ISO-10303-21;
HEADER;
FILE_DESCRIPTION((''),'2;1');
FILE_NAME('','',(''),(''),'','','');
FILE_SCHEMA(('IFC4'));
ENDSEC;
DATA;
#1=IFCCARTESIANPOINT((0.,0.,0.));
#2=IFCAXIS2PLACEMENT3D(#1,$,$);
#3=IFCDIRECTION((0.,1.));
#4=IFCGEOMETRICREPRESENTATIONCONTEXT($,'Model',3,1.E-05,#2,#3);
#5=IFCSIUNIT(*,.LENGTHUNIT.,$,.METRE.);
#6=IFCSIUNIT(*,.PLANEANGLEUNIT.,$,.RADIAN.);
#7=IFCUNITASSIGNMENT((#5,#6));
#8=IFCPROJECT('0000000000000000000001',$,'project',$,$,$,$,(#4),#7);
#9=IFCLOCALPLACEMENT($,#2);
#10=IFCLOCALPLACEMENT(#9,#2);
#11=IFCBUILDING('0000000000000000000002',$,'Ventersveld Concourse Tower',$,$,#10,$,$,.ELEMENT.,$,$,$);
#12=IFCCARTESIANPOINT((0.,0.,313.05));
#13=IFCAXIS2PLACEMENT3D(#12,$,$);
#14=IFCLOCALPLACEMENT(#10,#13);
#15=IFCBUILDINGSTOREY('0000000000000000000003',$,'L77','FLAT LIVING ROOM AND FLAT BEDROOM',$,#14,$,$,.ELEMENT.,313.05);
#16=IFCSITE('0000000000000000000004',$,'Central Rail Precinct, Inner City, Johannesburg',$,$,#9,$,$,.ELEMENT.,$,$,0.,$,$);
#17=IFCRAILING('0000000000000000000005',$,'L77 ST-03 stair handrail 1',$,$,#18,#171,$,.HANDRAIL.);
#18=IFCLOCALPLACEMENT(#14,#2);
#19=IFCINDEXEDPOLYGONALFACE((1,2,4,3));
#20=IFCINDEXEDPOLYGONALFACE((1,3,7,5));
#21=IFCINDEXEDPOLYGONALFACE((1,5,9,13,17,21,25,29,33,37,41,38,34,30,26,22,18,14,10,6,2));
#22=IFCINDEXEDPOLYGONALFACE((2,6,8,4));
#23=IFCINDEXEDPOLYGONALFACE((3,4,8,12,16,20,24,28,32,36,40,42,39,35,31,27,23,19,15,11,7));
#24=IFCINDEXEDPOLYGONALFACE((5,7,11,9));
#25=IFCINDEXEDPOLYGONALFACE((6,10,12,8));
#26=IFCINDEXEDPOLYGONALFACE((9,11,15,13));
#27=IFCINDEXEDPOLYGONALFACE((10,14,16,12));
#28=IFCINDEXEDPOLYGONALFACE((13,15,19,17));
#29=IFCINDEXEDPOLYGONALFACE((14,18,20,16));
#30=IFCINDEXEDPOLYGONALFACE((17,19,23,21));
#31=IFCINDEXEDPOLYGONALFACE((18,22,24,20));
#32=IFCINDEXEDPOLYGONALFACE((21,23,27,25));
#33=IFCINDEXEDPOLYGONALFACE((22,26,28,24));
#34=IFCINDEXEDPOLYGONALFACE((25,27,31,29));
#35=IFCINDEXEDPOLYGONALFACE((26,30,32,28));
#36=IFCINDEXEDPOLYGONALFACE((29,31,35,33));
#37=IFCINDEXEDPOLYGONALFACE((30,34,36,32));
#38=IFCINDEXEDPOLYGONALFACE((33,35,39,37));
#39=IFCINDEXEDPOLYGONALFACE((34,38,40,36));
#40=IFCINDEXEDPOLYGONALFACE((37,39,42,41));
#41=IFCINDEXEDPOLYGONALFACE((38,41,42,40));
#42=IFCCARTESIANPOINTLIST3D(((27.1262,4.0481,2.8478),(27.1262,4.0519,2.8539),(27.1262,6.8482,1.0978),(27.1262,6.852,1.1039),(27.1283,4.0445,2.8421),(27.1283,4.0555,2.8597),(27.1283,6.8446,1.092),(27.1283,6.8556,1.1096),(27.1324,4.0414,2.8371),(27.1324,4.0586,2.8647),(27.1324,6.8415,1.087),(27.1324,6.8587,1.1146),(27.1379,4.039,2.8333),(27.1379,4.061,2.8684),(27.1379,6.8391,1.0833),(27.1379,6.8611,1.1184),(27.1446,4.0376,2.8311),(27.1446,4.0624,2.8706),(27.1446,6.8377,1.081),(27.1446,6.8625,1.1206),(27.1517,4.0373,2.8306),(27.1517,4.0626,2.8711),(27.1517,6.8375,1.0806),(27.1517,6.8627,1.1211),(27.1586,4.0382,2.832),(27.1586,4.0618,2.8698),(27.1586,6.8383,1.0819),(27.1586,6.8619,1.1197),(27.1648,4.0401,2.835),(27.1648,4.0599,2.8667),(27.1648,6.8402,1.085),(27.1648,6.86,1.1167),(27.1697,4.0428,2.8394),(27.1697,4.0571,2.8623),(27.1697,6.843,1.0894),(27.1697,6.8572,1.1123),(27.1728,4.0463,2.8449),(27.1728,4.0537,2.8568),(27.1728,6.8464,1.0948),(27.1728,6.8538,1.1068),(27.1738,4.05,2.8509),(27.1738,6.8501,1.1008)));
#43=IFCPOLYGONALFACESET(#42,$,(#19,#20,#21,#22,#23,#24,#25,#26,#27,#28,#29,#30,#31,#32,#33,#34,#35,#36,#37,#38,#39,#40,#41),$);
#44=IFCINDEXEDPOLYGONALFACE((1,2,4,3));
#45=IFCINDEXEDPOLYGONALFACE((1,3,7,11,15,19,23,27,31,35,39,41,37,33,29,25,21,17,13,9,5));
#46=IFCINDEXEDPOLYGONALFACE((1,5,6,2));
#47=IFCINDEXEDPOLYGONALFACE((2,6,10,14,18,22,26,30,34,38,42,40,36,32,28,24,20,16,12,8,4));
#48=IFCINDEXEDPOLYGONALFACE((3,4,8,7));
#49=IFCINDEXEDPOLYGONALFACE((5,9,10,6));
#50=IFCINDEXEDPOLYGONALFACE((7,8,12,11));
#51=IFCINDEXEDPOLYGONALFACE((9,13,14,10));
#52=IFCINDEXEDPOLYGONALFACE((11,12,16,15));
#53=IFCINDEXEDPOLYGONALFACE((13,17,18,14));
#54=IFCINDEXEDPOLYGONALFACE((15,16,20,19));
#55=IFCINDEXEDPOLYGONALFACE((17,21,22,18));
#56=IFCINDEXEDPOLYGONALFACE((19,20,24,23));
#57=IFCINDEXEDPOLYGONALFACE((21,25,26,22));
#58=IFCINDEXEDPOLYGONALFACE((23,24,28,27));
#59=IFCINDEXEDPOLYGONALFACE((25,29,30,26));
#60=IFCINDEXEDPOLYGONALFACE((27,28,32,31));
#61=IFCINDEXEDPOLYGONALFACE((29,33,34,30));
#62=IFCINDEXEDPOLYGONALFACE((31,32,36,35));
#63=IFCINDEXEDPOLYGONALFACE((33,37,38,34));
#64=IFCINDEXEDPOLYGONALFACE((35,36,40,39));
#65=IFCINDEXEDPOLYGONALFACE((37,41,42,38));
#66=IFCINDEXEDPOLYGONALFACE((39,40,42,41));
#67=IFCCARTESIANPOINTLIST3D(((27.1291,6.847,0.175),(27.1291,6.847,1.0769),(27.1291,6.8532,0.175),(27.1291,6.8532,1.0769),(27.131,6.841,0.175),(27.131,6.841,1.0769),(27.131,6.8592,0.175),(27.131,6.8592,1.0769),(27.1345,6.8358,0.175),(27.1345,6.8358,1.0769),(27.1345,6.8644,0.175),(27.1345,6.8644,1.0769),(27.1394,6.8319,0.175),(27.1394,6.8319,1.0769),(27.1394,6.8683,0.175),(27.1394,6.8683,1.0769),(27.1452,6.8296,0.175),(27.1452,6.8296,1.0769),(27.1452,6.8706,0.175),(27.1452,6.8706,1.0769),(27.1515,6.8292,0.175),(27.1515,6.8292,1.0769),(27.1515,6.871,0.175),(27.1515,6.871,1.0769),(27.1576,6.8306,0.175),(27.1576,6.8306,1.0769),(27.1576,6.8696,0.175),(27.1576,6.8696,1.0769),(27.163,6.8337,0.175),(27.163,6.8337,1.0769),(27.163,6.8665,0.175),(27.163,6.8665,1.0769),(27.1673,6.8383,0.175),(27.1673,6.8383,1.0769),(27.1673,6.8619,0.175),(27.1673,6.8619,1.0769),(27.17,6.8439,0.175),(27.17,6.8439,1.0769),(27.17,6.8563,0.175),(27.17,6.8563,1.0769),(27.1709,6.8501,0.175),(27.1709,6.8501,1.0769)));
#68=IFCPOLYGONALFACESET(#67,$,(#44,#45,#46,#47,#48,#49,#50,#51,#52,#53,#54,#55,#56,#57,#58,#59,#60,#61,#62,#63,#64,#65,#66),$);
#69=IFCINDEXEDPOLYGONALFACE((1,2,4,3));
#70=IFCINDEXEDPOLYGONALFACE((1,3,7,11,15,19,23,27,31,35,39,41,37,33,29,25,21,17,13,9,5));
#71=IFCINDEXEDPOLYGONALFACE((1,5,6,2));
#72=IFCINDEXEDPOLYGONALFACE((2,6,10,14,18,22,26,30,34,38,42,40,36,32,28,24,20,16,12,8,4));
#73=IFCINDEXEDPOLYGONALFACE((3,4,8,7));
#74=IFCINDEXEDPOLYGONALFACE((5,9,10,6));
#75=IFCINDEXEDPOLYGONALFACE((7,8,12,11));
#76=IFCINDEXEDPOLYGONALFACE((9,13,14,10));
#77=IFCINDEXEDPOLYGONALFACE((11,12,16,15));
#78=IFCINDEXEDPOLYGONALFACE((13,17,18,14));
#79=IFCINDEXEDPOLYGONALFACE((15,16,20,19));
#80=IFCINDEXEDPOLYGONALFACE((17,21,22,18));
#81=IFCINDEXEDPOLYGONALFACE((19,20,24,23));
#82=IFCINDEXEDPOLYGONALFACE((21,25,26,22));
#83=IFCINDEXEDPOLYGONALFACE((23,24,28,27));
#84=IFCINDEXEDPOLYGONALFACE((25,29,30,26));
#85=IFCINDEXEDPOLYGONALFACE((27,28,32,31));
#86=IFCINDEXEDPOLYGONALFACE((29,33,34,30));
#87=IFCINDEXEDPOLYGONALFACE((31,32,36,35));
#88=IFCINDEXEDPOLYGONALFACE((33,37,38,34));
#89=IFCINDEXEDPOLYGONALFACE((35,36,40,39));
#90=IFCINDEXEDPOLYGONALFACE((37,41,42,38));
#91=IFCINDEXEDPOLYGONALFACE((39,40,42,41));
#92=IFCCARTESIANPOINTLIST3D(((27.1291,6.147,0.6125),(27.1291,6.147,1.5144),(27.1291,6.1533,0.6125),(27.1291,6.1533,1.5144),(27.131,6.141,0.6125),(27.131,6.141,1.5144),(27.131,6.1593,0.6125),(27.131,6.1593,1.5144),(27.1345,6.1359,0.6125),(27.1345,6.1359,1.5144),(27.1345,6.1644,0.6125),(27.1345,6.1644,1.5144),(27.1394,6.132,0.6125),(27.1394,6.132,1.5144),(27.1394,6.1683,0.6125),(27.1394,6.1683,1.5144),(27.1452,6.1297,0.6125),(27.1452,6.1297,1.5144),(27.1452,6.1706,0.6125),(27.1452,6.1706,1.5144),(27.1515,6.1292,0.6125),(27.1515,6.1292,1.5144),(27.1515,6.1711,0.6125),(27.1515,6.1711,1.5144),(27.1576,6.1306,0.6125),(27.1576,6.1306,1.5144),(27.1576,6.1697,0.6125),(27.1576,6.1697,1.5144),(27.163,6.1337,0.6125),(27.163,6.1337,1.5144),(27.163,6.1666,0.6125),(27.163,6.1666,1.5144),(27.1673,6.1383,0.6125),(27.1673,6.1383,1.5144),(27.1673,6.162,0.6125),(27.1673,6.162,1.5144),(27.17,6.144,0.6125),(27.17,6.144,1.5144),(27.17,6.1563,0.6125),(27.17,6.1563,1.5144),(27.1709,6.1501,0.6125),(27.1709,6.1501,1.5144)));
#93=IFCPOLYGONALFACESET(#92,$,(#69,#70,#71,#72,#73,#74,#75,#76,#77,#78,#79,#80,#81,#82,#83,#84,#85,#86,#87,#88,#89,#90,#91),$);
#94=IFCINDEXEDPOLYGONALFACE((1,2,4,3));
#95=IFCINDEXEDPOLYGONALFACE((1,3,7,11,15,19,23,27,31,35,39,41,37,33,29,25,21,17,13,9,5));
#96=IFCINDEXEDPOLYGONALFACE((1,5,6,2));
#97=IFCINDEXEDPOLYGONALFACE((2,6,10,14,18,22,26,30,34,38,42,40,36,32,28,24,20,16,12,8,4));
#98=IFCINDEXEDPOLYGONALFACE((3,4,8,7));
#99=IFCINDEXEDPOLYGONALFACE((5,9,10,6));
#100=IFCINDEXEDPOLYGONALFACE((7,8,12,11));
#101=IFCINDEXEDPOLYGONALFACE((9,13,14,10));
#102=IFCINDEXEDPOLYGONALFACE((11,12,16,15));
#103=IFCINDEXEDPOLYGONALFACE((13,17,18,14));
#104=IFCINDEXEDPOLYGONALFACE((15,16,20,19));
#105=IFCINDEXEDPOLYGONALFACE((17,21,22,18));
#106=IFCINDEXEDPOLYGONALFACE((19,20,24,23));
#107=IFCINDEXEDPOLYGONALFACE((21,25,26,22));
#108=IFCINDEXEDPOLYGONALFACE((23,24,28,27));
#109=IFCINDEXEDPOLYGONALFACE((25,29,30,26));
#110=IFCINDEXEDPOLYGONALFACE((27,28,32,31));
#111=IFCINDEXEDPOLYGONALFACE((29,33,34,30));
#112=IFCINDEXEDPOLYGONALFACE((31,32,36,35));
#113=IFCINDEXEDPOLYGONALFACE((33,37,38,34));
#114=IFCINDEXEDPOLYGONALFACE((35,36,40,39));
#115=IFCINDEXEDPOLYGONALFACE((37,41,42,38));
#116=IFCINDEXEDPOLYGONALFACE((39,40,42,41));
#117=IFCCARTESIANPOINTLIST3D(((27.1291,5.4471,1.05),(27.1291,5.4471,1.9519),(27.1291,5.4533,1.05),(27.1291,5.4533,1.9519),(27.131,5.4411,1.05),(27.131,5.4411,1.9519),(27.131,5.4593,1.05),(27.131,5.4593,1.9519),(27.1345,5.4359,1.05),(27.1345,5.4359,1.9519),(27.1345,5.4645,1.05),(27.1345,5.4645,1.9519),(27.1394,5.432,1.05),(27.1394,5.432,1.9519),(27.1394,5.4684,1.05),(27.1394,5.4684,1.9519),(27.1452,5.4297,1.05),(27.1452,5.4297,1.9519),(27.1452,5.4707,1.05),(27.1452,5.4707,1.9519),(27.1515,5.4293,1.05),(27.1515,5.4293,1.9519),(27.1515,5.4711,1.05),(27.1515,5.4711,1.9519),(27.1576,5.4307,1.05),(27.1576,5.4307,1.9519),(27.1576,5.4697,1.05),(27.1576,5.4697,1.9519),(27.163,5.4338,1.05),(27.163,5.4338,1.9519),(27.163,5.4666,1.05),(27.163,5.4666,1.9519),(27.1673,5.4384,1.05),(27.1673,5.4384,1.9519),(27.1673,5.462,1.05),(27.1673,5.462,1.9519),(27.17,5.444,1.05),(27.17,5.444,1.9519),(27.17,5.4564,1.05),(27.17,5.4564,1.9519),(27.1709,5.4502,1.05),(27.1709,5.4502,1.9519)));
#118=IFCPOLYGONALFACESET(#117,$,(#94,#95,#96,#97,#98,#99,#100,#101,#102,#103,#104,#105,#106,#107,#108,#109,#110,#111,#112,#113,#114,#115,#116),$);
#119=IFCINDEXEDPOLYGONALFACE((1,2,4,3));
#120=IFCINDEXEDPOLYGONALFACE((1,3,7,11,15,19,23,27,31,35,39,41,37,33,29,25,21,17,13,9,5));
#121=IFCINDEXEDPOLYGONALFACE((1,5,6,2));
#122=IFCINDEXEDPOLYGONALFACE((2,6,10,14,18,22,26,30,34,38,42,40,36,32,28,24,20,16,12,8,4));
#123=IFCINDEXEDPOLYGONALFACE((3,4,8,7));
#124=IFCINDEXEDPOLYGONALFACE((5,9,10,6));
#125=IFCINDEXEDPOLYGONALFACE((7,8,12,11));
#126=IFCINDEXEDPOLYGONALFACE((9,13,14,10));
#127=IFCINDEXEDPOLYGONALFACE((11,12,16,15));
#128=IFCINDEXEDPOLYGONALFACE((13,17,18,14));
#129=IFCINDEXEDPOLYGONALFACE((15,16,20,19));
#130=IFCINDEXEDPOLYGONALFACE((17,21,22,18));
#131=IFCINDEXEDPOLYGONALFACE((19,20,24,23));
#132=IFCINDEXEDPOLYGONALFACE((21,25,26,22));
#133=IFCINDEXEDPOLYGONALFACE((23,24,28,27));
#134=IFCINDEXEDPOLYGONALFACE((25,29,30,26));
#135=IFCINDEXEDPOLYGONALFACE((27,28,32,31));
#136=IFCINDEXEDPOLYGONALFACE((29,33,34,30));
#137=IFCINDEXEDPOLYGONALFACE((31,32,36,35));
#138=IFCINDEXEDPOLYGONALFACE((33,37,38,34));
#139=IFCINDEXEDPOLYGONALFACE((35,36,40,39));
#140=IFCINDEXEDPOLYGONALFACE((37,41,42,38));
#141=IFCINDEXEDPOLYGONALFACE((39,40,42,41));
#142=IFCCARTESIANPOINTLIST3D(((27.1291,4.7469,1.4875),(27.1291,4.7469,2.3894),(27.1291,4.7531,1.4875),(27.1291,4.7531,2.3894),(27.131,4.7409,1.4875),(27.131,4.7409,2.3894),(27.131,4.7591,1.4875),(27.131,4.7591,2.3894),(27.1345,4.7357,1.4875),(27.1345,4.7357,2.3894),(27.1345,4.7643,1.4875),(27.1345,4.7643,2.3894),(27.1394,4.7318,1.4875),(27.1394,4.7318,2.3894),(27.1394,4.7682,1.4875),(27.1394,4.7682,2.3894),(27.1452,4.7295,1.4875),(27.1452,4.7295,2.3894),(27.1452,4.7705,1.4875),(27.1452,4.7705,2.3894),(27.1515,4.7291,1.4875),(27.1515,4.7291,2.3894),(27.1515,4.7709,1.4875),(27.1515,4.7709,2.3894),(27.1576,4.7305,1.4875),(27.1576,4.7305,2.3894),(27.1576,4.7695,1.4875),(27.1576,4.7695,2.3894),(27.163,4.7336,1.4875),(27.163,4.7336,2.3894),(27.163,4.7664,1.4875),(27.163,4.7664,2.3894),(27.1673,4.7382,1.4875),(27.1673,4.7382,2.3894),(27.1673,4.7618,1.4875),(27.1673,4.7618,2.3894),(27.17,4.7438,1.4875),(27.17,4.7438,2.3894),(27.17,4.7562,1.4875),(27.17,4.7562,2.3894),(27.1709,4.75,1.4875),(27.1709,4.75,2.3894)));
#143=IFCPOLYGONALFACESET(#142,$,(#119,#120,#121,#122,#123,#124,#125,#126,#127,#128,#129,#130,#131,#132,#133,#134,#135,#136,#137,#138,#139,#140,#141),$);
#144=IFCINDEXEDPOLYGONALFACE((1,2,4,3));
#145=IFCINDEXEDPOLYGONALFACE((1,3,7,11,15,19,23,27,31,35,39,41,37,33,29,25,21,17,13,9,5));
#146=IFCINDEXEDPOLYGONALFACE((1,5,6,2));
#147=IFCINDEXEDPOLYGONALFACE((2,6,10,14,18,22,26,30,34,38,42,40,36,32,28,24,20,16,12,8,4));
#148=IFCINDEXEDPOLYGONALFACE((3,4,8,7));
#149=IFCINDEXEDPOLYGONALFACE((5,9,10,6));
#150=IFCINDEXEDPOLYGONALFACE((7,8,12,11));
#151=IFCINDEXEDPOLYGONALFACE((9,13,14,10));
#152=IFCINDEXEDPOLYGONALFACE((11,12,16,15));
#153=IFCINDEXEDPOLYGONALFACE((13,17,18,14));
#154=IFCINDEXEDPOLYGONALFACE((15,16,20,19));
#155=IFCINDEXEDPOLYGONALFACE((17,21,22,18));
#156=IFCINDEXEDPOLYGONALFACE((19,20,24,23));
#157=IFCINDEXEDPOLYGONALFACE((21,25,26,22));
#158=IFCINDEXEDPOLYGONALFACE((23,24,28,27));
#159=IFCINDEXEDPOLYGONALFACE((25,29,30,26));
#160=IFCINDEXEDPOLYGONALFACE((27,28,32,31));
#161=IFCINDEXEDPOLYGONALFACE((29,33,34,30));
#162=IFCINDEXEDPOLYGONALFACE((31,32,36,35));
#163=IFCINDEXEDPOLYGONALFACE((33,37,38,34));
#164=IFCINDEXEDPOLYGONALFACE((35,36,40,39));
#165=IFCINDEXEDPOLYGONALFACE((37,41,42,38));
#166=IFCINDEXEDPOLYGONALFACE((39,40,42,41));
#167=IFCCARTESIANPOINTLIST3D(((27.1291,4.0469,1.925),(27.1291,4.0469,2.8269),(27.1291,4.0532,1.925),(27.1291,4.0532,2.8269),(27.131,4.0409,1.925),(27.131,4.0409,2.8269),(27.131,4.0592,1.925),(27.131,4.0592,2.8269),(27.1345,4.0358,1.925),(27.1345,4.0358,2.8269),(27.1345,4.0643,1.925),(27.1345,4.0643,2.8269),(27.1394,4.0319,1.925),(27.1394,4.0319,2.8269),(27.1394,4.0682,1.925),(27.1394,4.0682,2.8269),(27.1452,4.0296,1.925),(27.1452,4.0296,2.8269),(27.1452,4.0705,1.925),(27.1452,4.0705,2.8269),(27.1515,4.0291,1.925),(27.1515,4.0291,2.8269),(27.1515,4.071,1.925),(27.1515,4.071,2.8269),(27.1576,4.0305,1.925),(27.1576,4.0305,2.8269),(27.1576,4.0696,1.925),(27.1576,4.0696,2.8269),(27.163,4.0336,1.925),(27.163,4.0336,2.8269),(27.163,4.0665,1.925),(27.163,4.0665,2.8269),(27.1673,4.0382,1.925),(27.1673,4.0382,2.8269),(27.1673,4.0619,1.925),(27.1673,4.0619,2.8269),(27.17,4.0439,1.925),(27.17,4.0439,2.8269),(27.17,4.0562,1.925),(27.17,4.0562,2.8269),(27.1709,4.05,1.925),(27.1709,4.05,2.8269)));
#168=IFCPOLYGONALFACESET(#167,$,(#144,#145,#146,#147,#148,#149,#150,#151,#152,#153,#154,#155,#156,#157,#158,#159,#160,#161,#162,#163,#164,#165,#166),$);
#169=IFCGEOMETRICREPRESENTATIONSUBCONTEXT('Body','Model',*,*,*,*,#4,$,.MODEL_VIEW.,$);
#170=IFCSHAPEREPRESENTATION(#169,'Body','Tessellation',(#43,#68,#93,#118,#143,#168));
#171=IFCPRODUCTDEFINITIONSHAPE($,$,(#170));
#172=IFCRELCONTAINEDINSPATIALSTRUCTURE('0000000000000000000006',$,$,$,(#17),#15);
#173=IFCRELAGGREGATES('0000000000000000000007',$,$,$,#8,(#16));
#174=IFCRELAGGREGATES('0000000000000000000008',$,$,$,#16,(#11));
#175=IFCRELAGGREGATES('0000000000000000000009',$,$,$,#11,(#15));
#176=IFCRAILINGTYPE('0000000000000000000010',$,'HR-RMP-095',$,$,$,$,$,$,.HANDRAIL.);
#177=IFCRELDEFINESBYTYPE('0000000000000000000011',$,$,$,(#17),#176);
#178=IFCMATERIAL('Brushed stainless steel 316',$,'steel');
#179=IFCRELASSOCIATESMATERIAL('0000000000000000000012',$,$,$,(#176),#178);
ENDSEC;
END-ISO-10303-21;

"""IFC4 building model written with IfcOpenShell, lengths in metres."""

from ifc_helpers import new_model, si_unit, direction, frame, origin, origin_2d, place, context, subcontext, project, spatial, circle, extrude, material, type_object, element, save


model = new_model("IFC4")

# Units and contexts
model_context = context("Model", 3, precision=1e-05, world=origin(), true_north=direction((0.0, 1.0)))
body_context = subcontext(model_context, "Body", "Model", "MODEL_VIEW")
ifc_project = project(units=[si_unit("LENGTHUNIT", "METRE"), si_unit("PLANEANGLEUNIT", "RADIAN")], contexts=[model_context])

# Site, building, storey
site_placement = place(None, origin())
site = spatial("IfcSite", under=ifc_project, at=site_placement, Name="Central Rail Precinct, Inner City, Johannesburg", CompositionType="ELEMENT", RefElevation=0.0)
building_placement = place(site_placement, origin())
building = spatial("IfcBuilding", under=site, at=building_placement, Name="Ventersveld Concourse Tower", CompositionType="ELEMENT")
storey_placement = place(building_placement, frame((0.0, 0.0, 313.05)))
storey = spatial("IfcBuildingStorey", under=building, at=storey_placement, Name="L77", Description="FLAT LIVING ROOM AND FLAT BEDROOM", CompositionType="ELEMENT", Elevation=313.05)

# Shared definitions
ifc_material_1 = material(Name="Brushed stainless steel 316", Category="steel")

# Railing
railing_type_1 = type_object("IfcRailingType", Name="HR-RMP-095", PredefinedType="HANDRAIL", material=ifc_material_1)
railing_1_placement = place(storey_placement, frame((27.1499, 6.8501, 0.175)))
element("IfcRailing", 1, at=railing_1_placement, inside=storey, type_object=railing_type_1, Name="L77 ST-03 stair handrail 1", PredefinedType="HANDRAIL", context=body_context, shape_type="SweptSolid", body=[
    extrude(circle(Radius=0.0239, at=origin_2d()), frame((0.0, 0.0, 0.9258), z_axis=(0.0, -0.848002, 0.529992), x_axis=(1.0, 0.0, 0.0)), (0.0, 0.0, 1.0), 3.302),
    extrude(circle(Radius=0.021, at=origin_2d()), origin(), (0.0, 0.0, 1.0), 0.9019),
    extrude(circle(Radius=0.021, at=origin_2d()), frame((0.0, -0.7, 0.4375)), (0.0, 0.0, 1.0), 0.9019),
    extrude(circle(Radius=0.021, at=origin_2d()), frame((0.0, -1.3999, 0.875)), (0.0, 0.0, 1.0), 0.9019),
    extrude(circle(Radius=0.021, at=origin_2d()), frame((0.0, -2.1001, 1.3125)), (0.0, 0.0, 1.0), 0.9019),
    extrude(circle(Radius=0.021, at=origin_2d()), frame((0.0, -2.8, 1.75)), (0.0, 0.0, 1.0), 0.9019),
])

save(model, "model.ifc")
